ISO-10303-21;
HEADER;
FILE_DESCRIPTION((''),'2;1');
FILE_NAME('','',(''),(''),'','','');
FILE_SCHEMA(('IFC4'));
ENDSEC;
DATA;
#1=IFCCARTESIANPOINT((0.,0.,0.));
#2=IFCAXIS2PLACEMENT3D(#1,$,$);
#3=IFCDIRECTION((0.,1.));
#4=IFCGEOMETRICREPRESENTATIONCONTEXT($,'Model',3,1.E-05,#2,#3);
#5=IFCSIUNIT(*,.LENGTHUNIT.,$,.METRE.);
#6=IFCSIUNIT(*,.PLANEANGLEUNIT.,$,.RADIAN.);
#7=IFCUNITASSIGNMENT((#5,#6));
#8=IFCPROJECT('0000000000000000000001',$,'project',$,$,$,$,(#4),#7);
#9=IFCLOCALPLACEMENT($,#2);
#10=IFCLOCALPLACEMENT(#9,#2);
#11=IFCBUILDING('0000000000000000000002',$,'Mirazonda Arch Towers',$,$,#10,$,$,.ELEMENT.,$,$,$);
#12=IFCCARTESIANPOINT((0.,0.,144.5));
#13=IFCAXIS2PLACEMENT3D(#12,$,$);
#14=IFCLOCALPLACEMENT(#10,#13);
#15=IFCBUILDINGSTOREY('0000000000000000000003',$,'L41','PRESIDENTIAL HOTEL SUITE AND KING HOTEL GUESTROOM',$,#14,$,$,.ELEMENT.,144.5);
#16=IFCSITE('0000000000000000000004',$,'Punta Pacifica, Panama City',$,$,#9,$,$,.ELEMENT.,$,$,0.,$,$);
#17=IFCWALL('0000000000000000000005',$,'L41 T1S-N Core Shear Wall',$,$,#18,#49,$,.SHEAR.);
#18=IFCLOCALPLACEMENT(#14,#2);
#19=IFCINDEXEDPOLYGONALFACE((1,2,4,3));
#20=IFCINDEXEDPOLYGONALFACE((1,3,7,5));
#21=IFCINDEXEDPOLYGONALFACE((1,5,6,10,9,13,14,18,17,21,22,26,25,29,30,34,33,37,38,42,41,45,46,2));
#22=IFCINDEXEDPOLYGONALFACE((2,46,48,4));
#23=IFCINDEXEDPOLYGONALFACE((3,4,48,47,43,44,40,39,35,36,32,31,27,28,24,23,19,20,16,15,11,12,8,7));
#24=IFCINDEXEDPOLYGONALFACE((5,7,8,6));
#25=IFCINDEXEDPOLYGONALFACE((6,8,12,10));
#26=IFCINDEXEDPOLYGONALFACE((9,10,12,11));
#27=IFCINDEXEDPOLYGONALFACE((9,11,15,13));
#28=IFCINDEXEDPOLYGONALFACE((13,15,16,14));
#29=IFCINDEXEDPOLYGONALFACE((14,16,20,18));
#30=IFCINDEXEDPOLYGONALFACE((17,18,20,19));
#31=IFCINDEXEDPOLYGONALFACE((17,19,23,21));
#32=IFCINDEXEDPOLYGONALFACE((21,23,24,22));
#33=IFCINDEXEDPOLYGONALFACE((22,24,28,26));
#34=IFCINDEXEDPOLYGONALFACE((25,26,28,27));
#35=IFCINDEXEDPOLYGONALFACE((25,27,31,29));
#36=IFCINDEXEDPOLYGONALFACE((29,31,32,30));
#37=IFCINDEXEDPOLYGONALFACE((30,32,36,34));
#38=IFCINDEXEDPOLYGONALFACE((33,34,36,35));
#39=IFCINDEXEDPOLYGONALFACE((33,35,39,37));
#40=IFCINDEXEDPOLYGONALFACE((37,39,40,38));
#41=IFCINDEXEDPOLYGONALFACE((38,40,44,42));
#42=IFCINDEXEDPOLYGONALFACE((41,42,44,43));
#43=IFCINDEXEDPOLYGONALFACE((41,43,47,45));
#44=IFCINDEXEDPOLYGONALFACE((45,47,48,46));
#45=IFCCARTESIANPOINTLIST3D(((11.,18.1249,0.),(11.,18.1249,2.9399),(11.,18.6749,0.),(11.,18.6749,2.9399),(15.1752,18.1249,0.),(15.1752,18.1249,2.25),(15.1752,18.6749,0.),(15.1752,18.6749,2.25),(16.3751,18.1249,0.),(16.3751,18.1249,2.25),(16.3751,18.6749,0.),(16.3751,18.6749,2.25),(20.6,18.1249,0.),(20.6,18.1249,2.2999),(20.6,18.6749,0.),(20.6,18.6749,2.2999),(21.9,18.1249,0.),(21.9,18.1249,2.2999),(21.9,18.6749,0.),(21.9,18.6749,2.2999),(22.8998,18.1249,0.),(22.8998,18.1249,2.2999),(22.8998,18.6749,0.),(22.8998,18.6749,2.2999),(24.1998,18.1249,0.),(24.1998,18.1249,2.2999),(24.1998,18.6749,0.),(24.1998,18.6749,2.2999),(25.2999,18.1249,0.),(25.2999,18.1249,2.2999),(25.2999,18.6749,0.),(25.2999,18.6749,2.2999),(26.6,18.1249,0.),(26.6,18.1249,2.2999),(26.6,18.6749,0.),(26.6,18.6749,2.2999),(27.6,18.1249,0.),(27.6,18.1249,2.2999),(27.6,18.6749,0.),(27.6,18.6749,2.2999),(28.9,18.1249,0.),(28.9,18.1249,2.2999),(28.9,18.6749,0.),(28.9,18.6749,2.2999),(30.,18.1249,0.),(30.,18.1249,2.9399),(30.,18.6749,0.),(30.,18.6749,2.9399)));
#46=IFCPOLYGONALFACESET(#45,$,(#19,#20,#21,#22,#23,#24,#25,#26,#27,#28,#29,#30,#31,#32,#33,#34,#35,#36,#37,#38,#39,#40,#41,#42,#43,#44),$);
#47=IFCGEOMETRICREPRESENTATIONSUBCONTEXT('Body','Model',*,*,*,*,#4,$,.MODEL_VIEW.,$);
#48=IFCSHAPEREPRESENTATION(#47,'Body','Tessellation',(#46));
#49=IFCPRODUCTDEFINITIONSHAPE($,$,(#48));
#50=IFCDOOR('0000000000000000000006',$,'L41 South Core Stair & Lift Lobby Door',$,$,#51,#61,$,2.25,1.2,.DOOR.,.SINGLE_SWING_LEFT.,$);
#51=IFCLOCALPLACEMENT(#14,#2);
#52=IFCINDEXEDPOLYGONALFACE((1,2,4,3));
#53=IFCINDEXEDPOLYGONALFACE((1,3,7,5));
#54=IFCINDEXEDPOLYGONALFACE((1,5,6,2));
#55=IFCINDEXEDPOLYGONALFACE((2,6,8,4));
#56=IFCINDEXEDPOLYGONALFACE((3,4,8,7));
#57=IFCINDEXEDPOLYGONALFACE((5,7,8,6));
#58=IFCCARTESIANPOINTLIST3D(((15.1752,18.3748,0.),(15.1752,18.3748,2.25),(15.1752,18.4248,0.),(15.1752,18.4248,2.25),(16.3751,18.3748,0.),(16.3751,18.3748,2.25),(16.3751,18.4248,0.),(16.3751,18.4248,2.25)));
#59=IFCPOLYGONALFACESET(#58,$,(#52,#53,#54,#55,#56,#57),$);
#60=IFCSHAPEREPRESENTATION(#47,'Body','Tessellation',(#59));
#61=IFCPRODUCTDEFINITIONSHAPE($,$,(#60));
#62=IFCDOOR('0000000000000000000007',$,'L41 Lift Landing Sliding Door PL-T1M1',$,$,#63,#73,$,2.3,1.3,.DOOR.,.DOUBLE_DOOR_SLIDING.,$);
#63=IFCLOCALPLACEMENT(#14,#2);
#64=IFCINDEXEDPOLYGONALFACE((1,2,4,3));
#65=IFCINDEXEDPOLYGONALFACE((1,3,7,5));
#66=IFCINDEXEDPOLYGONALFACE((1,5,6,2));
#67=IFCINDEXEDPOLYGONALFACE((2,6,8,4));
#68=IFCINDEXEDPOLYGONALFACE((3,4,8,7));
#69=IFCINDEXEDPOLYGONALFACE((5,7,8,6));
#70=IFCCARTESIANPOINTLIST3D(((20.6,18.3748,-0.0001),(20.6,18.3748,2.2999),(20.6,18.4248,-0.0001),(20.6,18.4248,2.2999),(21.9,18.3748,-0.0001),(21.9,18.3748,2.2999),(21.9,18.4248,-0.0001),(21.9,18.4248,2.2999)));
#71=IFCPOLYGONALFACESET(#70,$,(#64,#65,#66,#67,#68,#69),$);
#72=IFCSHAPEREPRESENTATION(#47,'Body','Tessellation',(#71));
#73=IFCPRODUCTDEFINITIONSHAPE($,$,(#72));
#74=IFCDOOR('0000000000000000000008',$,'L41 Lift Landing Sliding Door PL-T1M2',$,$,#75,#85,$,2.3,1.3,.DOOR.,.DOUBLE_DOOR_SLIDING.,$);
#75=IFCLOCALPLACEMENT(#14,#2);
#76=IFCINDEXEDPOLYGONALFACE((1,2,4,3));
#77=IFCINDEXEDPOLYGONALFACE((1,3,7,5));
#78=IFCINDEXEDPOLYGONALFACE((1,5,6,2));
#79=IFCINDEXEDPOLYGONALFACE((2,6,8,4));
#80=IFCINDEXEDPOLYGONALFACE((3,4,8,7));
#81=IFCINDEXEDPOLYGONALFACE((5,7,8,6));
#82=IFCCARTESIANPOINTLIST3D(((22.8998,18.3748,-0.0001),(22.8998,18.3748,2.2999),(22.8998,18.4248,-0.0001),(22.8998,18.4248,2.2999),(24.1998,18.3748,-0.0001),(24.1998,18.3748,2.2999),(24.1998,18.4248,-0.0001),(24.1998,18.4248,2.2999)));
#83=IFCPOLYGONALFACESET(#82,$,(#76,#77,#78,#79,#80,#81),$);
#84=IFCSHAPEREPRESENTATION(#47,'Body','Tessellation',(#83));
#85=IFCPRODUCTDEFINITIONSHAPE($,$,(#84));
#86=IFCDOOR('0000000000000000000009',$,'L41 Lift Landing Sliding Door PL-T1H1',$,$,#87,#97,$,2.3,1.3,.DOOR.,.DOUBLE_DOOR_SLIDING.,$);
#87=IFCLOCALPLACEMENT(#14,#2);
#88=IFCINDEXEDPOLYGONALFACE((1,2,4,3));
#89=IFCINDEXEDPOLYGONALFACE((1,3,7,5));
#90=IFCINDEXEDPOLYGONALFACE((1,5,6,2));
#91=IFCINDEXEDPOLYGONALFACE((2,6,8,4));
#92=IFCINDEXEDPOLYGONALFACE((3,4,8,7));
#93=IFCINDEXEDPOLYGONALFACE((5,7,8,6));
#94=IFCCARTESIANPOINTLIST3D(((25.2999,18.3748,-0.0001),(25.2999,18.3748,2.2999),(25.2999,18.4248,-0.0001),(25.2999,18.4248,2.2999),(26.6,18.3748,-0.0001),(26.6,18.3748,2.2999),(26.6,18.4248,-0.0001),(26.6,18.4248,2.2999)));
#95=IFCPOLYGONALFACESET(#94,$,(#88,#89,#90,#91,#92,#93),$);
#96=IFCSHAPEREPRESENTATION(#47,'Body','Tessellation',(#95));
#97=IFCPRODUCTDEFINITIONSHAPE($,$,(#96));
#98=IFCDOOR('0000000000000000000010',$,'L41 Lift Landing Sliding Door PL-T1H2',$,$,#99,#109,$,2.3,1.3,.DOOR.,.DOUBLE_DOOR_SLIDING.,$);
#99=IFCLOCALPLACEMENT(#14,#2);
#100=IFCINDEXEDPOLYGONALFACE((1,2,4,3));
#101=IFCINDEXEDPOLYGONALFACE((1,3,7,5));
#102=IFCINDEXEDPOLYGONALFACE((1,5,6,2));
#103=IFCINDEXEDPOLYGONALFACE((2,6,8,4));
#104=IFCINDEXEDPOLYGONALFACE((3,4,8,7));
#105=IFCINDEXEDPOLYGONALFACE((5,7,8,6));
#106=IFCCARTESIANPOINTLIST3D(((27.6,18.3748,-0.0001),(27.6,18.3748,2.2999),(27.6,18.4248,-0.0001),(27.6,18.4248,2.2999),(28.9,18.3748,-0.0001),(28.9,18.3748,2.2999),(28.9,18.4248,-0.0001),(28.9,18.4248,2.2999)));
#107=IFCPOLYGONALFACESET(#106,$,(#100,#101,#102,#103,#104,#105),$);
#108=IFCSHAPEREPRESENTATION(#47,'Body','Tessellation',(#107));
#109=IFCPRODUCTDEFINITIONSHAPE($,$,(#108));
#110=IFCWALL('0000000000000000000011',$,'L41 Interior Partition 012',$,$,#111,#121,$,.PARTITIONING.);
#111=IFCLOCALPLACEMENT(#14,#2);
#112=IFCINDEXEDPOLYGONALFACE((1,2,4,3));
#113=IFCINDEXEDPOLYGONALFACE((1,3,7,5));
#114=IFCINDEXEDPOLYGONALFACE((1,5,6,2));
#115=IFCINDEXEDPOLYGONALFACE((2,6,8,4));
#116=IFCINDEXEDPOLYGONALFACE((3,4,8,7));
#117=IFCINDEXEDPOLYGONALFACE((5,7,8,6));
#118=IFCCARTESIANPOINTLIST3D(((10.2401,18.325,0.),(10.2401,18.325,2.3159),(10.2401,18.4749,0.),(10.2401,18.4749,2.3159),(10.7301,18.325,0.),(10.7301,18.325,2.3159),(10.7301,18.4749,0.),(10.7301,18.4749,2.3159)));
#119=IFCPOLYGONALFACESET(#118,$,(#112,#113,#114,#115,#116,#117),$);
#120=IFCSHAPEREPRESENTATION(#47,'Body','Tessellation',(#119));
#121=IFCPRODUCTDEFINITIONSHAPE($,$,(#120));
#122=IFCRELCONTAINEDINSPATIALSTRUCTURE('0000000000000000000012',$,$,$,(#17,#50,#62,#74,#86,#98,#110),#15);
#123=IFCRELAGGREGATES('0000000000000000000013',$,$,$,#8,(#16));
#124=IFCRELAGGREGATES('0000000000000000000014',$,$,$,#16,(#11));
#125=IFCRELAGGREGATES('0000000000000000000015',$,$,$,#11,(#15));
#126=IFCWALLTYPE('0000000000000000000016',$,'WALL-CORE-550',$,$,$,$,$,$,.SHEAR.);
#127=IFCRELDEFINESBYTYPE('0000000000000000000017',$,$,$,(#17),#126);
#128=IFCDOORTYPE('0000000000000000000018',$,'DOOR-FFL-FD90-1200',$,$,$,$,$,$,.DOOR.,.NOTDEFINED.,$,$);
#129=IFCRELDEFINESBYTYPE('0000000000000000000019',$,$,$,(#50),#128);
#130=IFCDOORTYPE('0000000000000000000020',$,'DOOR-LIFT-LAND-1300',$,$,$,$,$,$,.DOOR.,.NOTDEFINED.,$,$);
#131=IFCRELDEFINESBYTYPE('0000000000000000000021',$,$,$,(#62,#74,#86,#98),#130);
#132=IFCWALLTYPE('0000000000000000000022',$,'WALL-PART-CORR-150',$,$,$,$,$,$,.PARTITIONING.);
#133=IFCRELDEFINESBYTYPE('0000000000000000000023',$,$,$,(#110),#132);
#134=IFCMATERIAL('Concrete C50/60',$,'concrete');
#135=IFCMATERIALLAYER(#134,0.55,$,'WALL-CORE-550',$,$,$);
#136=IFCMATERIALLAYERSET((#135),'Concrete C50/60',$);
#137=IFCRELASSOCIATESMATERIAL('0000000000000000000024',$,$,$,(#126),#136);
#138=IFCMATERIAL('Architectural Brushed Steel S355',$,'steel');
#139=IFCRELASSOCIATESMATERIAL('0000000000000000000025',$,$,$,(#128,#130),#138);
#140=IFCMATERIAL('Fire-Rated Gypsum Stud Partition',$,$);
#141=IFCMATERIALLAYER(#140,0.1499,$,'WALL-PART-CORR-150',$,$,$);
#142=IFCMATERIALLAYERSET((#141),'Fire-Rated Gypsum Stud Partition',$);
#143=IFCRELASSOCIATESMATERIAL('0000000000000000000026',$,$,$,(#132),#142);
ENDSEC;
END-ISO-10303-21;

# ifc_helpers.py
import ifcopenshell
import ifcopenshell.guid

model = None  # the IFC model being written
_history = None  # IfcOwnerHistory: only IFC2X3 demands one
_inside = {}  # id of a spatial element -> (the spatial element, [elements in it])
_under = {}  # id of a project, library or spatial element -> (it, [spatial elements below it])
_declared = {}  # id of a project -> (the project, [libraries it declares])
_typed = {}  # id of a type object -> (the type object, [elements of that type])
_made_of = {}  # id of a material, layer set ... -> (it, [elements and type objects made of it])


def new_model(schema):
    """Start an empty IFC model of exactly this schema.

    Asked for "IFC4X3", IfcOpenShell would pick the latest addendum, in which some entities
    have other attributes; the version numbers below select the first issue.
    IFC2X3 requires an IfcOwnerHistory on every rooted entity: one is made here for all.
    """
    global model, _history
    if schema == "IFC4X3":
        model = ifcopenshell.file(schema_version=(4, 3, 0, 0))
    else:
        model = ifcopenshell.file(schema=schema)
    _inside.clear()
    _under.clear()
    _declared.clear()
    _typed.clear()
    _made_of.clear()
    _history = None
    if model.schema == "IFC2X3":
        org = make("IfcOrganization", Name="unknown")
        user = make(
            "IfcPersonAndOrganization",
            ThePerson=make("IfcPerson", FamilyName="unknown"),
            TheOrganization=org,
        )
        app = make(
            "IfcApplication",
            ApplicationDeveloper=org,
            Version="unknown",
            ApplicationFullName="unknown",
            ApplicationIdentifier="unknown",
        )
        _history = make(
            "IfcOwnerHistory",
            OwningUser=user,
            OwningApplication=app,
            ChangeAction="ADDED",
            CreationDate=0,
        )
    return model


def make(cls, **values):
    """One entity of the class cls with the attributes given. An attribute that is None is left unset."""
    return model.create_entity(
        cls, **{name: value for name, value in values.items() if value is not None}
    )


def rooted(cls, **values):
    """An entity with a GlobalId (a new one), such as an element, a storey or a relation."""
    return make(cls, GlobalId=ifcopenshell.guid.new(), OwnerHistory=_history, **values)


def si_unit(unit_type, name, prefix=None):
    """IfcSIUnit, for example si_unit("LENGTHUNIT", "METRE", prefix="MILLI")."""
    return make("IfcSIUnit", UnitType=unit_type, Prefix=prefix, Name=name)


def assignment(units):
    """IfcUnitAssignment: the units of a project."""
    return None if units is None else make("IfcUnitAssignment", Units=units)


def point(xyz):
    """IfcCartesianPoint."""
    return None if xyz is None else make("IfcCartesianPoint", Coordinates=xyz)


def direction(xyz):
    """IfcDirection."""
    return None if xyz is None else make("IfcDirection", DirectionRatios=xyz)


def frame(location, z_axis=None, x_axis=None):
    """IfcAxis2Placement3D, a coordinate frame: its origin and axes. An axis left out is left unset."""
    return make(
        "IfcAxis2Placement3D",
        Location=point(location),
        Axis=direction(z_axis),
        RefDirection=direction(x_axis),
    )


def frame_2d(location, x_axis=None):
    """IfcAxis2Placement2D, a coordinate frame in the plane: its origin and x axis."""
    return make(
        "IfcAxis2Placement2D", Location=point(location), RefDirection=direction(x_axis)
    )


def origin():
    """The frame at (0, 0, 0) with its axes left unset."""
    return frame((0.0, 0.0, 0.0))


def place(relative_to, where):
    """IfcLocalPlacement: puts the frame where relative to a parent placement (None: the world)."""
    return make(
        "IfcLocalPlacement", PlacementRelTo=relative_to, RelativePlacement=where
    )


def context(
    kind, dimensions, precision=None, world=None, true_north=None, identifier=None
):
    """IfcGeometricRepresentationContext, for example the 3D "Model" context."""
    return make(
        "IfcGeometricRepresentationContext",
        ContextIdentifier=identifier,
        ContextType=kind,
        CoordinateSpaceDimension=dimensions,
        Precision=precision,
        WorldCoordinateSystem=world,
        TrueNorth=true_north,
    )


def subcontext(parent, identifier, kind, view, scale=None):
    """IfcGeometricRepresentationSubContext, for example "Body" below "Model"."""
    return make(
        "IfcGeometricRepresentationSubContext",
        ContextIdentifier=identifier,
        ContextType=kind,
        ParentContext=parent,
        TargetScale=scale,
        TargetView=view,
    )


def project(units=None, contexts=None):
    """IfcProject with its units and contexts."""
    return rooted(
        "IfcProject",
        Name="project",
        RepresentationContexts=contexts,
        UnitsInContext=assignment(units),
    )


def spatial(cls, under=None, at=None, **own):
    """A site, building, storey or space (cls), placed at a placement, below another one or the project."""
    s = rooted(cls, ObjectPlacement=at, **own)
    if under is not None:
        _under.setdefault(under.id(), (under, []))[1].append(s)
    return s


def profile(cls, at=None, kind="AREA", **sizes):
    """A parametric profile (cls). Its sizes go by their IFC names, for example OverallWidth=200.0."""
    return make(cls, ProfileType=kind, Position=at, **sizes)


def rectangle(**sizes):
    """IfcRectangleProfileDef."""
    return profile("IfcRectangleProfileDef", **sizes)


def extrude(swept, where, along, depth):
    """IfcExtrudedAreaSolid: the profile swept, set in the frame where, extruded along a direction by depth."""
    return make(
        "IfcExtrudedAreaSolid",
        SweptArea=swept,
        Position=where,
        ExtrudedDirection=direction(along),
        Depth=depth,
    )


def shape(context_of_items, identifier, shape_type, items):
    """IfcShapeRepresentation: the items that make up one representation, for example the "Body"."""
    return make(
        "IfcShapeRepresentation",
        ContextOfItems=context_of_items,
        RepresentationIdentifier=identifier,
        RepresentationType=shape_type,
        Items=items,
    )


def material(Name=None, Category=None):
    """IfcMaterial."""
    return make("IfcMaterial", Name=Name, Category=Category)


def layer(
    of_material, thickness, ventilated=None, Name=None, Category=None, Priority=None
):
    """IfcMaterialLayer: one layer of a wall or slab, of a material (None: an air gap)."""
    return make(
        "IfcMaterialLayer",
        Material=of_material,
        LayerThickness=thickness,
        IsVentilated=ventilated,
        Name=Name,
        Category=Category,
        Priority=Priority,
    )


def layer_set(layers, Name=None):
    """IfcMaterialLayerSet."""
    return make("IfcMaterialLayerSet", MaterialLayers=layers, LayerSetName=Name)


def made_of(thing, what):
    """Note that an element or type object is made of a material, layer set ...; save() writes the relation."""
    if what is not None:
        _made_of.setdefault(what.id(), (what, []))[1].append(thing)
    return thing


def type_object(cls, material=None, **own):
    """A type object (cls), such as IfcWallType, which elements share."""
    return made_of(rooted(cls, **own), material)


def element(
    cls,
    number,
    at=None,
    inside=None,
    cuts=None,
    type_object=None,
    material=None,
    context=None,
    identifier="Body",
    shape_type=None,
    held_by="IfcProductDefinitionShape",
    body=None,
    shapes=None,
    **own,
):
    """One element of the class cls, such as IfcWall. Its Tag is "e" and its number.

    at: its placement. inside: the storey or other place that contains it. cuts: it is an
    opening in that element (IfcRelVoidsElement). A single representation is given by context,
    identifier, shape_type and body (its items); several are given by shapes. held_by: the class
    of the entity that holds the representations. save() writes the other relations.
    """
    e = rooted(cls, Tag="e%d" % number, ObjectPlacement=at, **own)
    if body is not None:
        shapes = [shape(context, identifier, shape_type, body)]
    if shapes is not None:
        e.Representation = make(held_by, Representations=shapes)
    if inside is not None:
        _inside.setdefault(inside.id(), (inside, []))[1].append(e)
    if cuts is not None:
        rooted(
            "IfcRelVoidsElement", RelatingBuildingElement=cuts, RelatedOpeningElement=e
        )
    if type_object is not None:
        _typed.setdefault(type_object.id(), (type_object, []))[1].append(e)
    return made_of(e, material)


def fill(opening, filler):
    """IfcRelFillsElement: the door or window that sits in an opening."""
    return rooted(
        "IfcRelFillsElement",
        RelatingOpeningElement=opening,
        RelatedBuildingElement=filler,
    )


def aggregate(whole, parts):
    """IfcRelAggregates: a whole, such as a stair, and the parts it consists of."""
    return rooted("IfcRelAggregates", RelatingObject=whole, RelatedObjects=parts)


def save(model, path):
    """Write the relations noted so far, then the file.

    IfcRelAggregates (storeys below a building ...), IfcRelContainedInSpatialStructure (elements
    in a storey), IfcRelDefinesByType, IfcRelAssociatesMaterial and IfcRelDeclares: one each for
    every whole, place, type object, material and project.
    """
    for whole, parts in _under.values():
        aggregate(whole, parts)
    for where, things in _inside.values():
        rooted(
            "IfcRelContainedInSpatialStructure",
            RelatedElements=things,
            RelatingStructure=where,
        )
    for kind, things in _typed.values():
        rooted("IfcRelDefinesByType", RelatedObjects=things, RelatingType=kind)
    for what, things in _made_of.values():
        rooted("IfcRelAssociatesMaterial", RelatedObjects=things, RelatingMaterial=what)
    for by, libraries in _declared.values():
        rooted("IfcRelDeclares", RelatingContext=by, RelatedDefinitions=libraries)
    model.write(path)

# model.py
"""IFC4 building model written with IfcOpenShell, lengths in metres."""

from ifc_helpers import new_model, si_unit, direction, frame, frame_2d, origin, place, context, subcontext, project, spatial, rectangle, extrude, material, layer, layer_set, type_object, element, fill, save


model = new_model("IFC4")

# Units and contexts
model_context = context("Model", 3, precision=1e-05, world=origin(), true_north=direction((0.0, 1.0)))
body_context = subcontext(model_context, "Body", "Model", "MODEL_VIEW")
ifc_project = project(units=[si_unit("LENGTHUNIT", "METRE"), si_unit("PLANEANGLEUNIT", "RADIAN")], contexts=[model_context])

# Site, building, storey
site_placement = place(None, origin())
site = spatial("IfcSite", under=ifc_project, at=site_placement, Name="Punta Pacifica, Panama City", CompositionType="ELEMENT", RefElevation=0.0)
building_placement = place(site_placement, origin())
building = spatial("IfcBuilding", under=site, at=building_placement, Name="Mirazonda Arch Towers", CompositionType="ELEMENT")
storey_placement = place(building_placement, frame((0.0, 0.0, 144.5)))
storey = spatial("IfcBuildingStorey", under=building, at=storey_placement, Name="L41", Description="PRESIDENTIAL HOTEL SUITE AND KING HOTEL GUESTROOM", CompositionType="ELEMENT", Elevation=144.5)

# Shared definitions
ifc_material_1 = material(Name="Concrete C50/60", Category="concrete")

# Shared definitions
ifc_material_2 = material(Name="Architectural Brushed Steel S355", Category="steel")

# Wall, openings, doors
ifc_layer_1 = layer(ifc_material_1, 0.55, Name="WALL-CORE-550")
ifc_layer_set_1 = layer_set([ifc_layer_1], Name="Concrete C50/60")
wall_type_1 = type_object("IfcWallType", Name="WALL-CORE-550", PredefinedType="SHEAR", material=ifc_layer_set_1)
wall_1_placement = place(storey_placement, frame((11.0, 18.3999, 0.0), z_axis=(0.0, 0.0, 1.0), x_axis=(1.0, 0.0, 0.0)))
wall_1 = element("IfcWall", 1, at=wall_1_placement, inside=storey, type_object=wall_type_1, Name="L41 T1S-N Core Shear Wall", PredefinedType="SHEAR", context=body_context, shape_type="SweptSolid", body=[
    extrude(rectangle(XDim=19.0, YDim=0.55, at=frame_2d((9.5, 0.0))), origin(), (0.0, 0.0, 1.0), 2.9399),
])
opening_1_placement = place(wall_1_placement, frame((4.175, 0.0, 0.0)))
opening_1 = element("IfcOpeningElement", 2, at=opening_1_placement, cuts=wall_1, PredefinedType="OPENING", context=body_context, shape_type="SweptSolid", body=[
    extrude(rectangle(XDim=1.2, YDim=2.25, at=frame_2d((0.6001, 1.125))), frame((0.0, 0.2849, 0.0), z_axis=(0.0, -1.0, 0.0), x_axis=(1.0, 0.0, 0.0)), (0.0, 0.0, 1.0), 0.5701),
])
opening_2_placement = place(wall_1_placement, frame((9.6001, 0.0, 0.0)))
opening_2 = element("IfcOpeningElement", 3, at=opening_2_placement, cuts=wall_1, PredefinedType="OPENING", context=body_context, shape_type="SweptSolid", body=[
    extrude(rectangle(XDim=1.3, YDim=2.3, at=frame_2d((0.6499, 1.1499))), frame((0.0, 0.2849, 0.0), z_axis=(0.0, -1.0, 0.0), x_axis=(1.0, 0.0, 0.0)), (0.0, 0.0, 1.0), 0.5701),
])
opening_3_placement = place(wall_1_placement, frame((11.8999, 0.0, 0.0)))
opening_3 = element("IfcOpeningElement", 4, at=opening_3_placement, cuts=wall_1, PredefinedType="OPENING", context=body_context, shape_type="SweptSolid", body=[
    extrude(rectangle(XDim=1.3, YDim=2.3, at=frame_2d((0.6499, 1.1499))), frame((0.0, 0.2849, 0.0), z_axis=(0.0, -1.0, 0.0), x_axis=(1.0, 0.0, 0.0)), (0.0, 0.0, 1.0), 0.5701),
])
opening_4_placement = place(wall_1_placement, frame((14.3, 0.0, 0.0)))
opening_4 = element("IfcOpeningElement", 5, at=opening_4_placement, cuts=wall_1, PredefinedType="OPENING", context=body_context, shape_type="SweptSolid", body=[
    extrude(rectangle(XDim=1.3, YDim=2.3, at=frame_2d((0.6499, 1.1499))), frame((0.0, 0.2849, 0.0), z_axis=(0.0, -1.0, 0.0), x_axis=(1.0, 0.0, 0.0)), (0.0, 0.0, 1.0), 0.5701),
])
opening_5_placement = place(wall_1_placement, frame((16.6001, 0.0, 0.0)))
opening_5 = element("IfcOpeningElement", 6, at=opening_5_placement, cuts=wall_1, PredefinedType="OPENING", context=body_context, shape_type="SweptSolid", body=[
    extrude(rectangle(XDim=1.3, YDim=2.3, at=frame_2d((0.6499, 1.1499))), frame((0.0, 0.2849, 0.0), z_axis=(0.0, -1.0, 0.0), x_axis=(1.0, 0.0, 0.0)), (0.0, 0.0, 1.0), 0.5701),
])
door_type_1 = type_object("IfcDoorType", Name="DOOR-FFL-FD90-1200", OperationType="NOTDEFINED", PredefinedType="DOOR", material=ifc_material_2)
door_1_placement = place(opening_1_placement, origin())
door_1 = element("IfcDoor", 7, at=door_1_placement, inside=storey, type_object=door_type_1, Name="L41 South Core Stair & Lift Lobby Door", OperationType="SINGLE_SWING_LEFT", OverallHeight=2.25, OverallWidth=1.2, PredefinedType="DOOR", context=body_context, shape_type="SweptSolid", body=[
    extrude(rectangle(XDim=1.2, YDim=2.25, at=frame_2d((0.6001, 1.125))), frame((0.0, 0.0249, 0.0), z_axis=(0.0, -1.0, 0.0), x_axis=(1.0, 0.0, 0.0)), (0.0, 0.0, 1.0), 0.05),
])
fill(opening_1, door_1)
door_type_2 = type_object("IfcDoorType", Name="DOOR-LIFT-LAND-1300", OperationType="NOTDEFINED", PredefinedType="DOOR", material=ifc_material_2)
door_2_placement = place(opening_2_placement, origin())
door_2 = element("IfcDoor", 8, at=door_2_placement, inside=storey, type_object=door_type_2, Name="L41 Lift Landing Sliding Door PL-T1M1", OperationType="DOUBLE_DOOR_SLIDING", OverallHeight=2.3, OverallWidth=1.3, PredefinedType="DOOR", context=body_context, shape_type="SweptSolid", body=[
    extrude(rectangle(XDim=1.3, YDim=2.3, at=frame_2d((0.6499, 1.1499))), frame((0.0, 0.0249, 0.0), z_axis=(0.0, -1.0, 0.0), x_axis=(1.0, 0.0, 0.0)), (0.0, 0.0, 1.0), 0.05),
])
fill(opening_2, door_2)
door_3_placement = place(opening_3_placement, origin())
door_3 = element("IfcDoor", 9, at=door_3_placement, inside=storey, type_object=door_type_2, Name="L41 Lift Landing Sliding Door PL-T1M2", OperationType="DOUBLE_DOOR_SLIDING", OverallHeight=2.3, OverallWidth=1.3, PredefinedType="DOOR", context=body_context, shape_type="SweptSolid", body=[
    extrude(rectangle(XDim=1.3, YDim=2.3, at=frame_2d((0.6499, 1.1499))), frame((0.0, 0.0249, 0.0), z_axis=(0.0, -1.0, 0.0), x_axis=(1.0, 0.0, 0.0)), (0.0, 0.0, 1.0), 0.05),
])
fill(opening_3, door_3)
door_4_placement = place(opening_4_placement, origin())
door_4 = element("IfcDoor", 10, at=door_4_placement, inside=storey, type_object=door_type_2, Name="L41 Lift Landing Sliding Door PL-T1H1", OperationType="DOUBLE_DOOR_SLIDING", OverallHeight=2.3, OverallWidth=1.3, PredefinedType="DOOR", context=body_context, shape_type="SweptSolid", body=[
    extrude(rectangle(XDim=1.3, YDim=2.3, at=frame_2d((0.6499, 1.1499))), frame((0.0, 0.0249, 0.0), z_axis=(0.0, -1.0, 0.0), x_axis=(1.0, 0.0, 0.0)), (0.0, 0.0, 1.0), 0.05),
])
fill(opening_4, door_4)
door_5_placement = place(opening_5_placement, origin())
door_5 = element("IfcDoor", 11, at=door_5_placement, inside=storey, type_object=door_type_2, Name="L41 Lift Landing Sliding Door PL-T1H2", OperationType="DOUBLE_DOOR_SLIDING", OverallHeight=2.3, OverallWidth=1.3, PredefinedType="DOOR", context=body_context, shape_type="SweptSolid", body=[
    extrude(rectangle(XDim=1.3, YDim=2.3, at=frame_2d((0.6499, 1.1499))), frame((0.0, 0.0249, 0.0), z_axis=(0.0, -1.0, 0.0), x_axis=(1.0, 0.0, 0.0)), (0.0, 0.0, 1.0), 0.05),
])
fill(opening_5, door_5)

# Wall
ifc_material_3 = material(Name="Fire-Rated Gypsum Stud Partition")
ifc_layer_2 = layer(ifc_material_3, 0.1499, Name="WALL-PART-CORR-150")
ifc_layer_set_2 = layer_set([ifc_layer_2], Name="Fire-Rated Gypsum Stud Partition")
wall_type_2 = type_object("IfcWallType", Name="WALL-PART-CORR-150", PredefinedType="PARTITIONING", material=ifc_layer_set_2)
wall_2_placement = place(storey_placement, frame((10.24, 18.3999, 0.0), z_axis=(0.0, 0.0, 1.0), x_axis=(1.0, 0.0, 0.0)))
element("IfcWall", 12, at=wall_2_placement, inside=storey, type_object=wall_type_2, Name="L41 Interior Partition 012", PredefinedType="PARTITIONING", context=body_context, shape_type="SweptSolid", body=[
    extrude(rectangle(XDim=0.49, YDim=0.1499, at=frame_2d((0.2451, 0.0))), origin(), (0.0, 0.0, 1.0), 2.3159),
])

save(model, "model.ifc")
